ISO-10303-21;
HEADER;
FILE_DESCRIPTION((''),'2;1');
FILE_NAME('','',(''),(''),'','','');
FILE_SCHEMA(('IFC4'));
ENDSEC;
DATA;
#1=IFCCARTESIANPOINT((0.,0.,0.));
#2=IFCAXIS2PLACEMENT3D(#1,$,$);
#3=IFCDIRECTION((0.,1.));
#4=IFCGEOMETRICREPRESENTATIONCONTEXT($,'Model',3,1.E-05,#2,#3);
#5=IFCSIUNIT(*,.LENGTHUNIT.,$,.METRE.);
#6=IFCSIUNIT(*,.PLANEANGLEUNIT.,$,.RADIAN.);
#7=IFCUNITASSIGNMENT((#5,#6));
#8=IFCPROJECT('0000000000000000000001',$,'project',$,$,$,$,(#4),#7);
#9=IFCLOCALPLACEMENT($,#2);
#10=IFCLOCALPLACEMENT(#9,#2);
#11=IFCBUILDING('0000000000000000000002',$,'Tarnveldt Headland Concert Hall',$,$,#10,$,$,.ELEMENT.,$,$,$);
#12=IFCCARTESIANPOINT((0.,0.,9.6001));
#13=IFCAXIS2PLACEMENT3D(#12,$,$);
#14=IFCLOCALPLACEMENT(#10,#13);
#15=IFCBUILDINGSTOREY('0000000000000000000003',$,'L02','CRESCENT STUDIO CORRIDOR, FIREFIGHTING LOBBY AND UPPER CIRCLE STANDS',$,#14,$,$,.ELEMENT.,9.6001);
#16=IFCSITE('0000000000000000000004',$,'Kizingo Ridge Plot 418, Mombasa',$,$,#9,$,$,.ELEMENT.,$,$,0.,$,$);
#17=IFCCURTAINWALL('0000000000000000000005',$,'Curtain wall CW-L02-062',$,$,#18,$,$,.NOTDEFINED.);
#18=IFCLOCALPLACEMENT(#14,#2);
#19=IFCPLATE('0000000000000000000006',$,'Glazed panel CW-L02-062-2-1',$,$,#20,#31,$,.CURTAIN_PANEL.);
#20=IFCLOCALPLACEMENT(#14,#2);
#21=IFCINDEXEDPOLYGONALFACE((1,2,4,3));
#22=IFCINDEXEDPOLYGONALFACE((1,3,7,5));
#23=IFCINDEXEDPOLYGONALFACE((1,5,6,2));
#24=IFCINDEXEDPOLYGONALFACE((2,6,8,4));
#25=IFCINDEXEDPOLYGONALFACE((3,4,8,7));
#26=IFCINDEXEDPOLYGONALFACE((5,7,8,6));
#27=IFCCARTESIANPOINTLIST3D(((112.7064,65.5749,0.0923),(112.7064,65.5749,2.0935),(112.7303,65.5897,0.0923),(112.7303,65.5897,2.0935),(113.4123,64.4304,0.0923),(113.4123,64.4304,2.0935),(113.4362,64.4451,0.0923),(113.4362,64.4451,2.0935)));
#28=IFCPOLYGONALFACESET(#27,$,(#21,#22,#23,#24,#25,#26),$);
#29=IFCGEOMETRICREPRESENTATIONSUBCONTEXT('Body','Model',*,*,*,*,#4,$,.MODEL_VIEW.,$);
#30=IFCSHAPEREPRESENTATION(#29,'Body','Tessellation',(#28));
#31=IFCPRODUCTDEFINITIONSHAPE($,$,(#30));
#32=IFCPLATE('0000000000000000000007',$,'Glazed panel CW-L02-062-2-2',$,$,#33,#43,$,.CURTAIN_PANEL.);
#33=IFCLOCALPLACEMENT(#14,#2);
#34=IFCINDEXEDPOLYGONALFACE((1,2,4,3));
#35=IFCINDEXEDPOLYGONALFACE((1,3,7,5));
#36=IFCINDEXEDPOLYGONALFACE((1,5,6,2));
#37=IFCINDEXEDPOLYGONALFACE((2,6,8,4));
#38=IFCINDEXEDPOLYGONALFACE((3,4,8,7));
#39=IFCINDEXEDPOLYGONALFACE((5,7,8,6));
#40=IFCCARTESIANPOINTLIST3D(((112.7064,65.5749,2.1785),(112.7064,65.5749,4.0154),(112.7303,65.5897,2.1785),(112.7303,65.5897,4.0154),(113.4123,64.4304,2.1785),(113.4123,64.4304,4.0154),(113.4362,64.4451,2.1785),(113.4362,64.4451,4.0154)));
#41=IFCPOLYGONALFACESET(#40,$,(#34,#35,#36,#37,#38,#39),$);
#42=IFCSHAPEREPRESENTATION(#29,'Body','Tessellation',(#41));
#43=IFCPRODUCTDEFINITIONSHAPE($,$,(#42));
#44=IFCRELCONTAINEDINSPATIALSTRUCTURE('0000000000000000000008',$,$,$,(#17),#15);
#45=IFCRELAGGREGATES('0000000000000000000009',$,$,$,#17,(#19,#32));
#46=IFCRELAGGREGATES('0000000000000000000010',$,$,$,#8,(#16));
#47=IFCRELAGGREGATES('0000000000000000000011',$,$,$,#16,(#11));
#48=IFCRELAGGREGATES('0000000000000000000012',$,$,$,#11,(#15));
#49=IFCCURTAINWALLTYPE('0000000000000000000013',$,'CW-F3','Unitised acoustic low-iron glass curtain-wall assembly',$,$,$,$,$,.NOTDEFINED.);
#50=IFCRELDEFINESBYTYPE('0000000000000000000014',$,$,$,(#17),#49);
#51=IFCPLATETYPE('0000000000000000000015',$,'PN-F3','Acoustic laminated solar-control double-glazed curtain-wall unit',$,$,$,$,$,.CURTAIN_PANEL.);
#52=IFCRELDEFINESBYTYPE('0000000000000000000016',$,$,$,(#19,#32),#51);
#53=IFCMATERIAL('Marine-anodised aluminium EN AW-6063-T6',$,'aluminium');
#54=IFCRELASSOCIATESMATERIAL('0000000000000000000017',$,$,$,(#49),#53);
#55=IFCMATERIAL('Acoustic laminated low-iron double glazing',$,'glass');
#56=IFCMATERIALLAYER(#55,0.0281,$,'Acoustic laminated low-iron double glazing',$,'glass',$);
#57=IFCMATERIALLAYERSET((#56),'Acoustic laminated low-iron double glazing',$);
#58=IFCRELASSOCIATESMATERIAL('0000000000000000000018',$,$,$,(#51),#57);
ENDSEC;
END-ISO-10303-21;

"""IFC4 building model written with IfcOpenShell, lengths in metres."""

from ifc_helpers import new_model, si_unit, direction, frame, origin, origin_2d, place, context, subcontext, project, spatial, rectangle, extrude, material, layer, layer_set, type_object, element, aggregate, save


model = new_model("IFC4")

# Units and contexts
model_context = context("Model", 3, precision=1e-05, world=origin(), true_north=direction((0.0, 1.0)))
body_context = subcontext(model_context, "Body", "Model", "MODEL_VIEW")
ifc_project = project(units=[si_unit("LENGTHUNIT", "METRE"), si_unit("PLANEANGLEUNIT", "RADIAN")], contexts=[model_context])

# Site, building, storey
site_placement = place(None, origin())
site = spatial("IfcSite", under=ifc_project, at=site_placement, Name="Kizingo Ridge Plot 418, Mombasa", CompositionType="ELEMENT", RefElevation=0.0)
building_placement = place(site_placement, origin())
building = spatial("IfcBuilding", under=site, at=building_placement, Name="Tarnveldt Headland Concert Hall", CompositionType="ELEMENT")
storey_placement = place(building_placement, frame((0.0, 0.0, 9.6001)))
storey = spatial("IfcBuildingStorey", under=building, at=storey_placement, Name="L02", Description="CRESCENT STUDIO CORRIDOR, FIREFIGHTING LOBBY AND UPPER CIRCLE STANDS", CompositionType="ELEMENT", Elevation=9.6001)

# Shared definitions
ifc_material_1 = material(Name="Marine-anodised aluminium EN AW-6063-T6", Category="aluminium")

# Curtain wall
curtain_wall_type_1 = type_object("IfcCurtainWallType", Name="CW-F3", Description="Unitised acoustic low-iron glass curtain-wall assembly", PredefinedType="NOTDEFINED", material=ifc_material_1)
curtain_wall_1_placement = place(storey_placement, origin())
curtain_wall_1 = element("IfcCurtainWall", 1, at=curtain_wall_1_placement, inside=storey, type_object=curtain_wall_type_1, Name="Curtain wall CW-L02-062", PredefinedType="NOTDEFINED")

# Plates
ifc_material_2 = material(Name="Acoustic laminated low-iron double glazing", Category="glass")
ifc_layer_1 = layer(ifc_material_2, 0.0281, Name="Acoustic laminated low-iron double glazing", Category="glass")
ifc_layer_set_1 = layer_set([ifc_layer_1], Name="Acoustic laminated low-iron double glazing")
plate_type_1 = type_object("IfcPlateType", Name="PN-F3", Description="Acoustic laminated solar-control double-glazed curtain-wall unit", PredefinedType="CURTAIN_PANEL", material=ifc_layer_set_1)
plate_1_placement = place(storey_placement, frame((113.0713, 65.01, 0.0923), z_axis=(0.0, 0.0, 1.0), x_axis=(-0.524922, 0.85115, 0.0)))
plate_1 = element("IfcPlate", 2, at=plate_1_placement, type_object=plate_type_1, Name="Glazed panel CW-L02-062-2-1", PredefinedType="CURTAIN_PANEL", context=body_context, shape_type="SweptSolid", body=[
    extrude(rectangle(XDim=1.3447, YDim=0.0281, at=origin_2d()), origin(), (0.0, 0.0, 1.0), 2.0012),
])
plate_2_placement = place(storey_placement, frame((113.0713, 65.01, 2.1785), z_axis=(0.0, 0.0, 1.0), x_axis=(-0.524922, 0.85115, 0.0)))
plate_2 = element("IfcPlate", 3, at=plate_2_placement, type_object=plate_type_1, Name="Glazed panel CW-L02-062-2-2", PredefinedType="CURTAIN_PANEL", context=body_context, shape_type="SweptSolid", body=[
    extrude(rectangle(XDim=1.3447, YDim=0.0281, at=origin_2d()), origin(), (0.0, 0.0, 1.0), 1.8369),
])
aggregate(curtain_wall_1, [plate_1, plate_2])

save(model, "model.ifc")
